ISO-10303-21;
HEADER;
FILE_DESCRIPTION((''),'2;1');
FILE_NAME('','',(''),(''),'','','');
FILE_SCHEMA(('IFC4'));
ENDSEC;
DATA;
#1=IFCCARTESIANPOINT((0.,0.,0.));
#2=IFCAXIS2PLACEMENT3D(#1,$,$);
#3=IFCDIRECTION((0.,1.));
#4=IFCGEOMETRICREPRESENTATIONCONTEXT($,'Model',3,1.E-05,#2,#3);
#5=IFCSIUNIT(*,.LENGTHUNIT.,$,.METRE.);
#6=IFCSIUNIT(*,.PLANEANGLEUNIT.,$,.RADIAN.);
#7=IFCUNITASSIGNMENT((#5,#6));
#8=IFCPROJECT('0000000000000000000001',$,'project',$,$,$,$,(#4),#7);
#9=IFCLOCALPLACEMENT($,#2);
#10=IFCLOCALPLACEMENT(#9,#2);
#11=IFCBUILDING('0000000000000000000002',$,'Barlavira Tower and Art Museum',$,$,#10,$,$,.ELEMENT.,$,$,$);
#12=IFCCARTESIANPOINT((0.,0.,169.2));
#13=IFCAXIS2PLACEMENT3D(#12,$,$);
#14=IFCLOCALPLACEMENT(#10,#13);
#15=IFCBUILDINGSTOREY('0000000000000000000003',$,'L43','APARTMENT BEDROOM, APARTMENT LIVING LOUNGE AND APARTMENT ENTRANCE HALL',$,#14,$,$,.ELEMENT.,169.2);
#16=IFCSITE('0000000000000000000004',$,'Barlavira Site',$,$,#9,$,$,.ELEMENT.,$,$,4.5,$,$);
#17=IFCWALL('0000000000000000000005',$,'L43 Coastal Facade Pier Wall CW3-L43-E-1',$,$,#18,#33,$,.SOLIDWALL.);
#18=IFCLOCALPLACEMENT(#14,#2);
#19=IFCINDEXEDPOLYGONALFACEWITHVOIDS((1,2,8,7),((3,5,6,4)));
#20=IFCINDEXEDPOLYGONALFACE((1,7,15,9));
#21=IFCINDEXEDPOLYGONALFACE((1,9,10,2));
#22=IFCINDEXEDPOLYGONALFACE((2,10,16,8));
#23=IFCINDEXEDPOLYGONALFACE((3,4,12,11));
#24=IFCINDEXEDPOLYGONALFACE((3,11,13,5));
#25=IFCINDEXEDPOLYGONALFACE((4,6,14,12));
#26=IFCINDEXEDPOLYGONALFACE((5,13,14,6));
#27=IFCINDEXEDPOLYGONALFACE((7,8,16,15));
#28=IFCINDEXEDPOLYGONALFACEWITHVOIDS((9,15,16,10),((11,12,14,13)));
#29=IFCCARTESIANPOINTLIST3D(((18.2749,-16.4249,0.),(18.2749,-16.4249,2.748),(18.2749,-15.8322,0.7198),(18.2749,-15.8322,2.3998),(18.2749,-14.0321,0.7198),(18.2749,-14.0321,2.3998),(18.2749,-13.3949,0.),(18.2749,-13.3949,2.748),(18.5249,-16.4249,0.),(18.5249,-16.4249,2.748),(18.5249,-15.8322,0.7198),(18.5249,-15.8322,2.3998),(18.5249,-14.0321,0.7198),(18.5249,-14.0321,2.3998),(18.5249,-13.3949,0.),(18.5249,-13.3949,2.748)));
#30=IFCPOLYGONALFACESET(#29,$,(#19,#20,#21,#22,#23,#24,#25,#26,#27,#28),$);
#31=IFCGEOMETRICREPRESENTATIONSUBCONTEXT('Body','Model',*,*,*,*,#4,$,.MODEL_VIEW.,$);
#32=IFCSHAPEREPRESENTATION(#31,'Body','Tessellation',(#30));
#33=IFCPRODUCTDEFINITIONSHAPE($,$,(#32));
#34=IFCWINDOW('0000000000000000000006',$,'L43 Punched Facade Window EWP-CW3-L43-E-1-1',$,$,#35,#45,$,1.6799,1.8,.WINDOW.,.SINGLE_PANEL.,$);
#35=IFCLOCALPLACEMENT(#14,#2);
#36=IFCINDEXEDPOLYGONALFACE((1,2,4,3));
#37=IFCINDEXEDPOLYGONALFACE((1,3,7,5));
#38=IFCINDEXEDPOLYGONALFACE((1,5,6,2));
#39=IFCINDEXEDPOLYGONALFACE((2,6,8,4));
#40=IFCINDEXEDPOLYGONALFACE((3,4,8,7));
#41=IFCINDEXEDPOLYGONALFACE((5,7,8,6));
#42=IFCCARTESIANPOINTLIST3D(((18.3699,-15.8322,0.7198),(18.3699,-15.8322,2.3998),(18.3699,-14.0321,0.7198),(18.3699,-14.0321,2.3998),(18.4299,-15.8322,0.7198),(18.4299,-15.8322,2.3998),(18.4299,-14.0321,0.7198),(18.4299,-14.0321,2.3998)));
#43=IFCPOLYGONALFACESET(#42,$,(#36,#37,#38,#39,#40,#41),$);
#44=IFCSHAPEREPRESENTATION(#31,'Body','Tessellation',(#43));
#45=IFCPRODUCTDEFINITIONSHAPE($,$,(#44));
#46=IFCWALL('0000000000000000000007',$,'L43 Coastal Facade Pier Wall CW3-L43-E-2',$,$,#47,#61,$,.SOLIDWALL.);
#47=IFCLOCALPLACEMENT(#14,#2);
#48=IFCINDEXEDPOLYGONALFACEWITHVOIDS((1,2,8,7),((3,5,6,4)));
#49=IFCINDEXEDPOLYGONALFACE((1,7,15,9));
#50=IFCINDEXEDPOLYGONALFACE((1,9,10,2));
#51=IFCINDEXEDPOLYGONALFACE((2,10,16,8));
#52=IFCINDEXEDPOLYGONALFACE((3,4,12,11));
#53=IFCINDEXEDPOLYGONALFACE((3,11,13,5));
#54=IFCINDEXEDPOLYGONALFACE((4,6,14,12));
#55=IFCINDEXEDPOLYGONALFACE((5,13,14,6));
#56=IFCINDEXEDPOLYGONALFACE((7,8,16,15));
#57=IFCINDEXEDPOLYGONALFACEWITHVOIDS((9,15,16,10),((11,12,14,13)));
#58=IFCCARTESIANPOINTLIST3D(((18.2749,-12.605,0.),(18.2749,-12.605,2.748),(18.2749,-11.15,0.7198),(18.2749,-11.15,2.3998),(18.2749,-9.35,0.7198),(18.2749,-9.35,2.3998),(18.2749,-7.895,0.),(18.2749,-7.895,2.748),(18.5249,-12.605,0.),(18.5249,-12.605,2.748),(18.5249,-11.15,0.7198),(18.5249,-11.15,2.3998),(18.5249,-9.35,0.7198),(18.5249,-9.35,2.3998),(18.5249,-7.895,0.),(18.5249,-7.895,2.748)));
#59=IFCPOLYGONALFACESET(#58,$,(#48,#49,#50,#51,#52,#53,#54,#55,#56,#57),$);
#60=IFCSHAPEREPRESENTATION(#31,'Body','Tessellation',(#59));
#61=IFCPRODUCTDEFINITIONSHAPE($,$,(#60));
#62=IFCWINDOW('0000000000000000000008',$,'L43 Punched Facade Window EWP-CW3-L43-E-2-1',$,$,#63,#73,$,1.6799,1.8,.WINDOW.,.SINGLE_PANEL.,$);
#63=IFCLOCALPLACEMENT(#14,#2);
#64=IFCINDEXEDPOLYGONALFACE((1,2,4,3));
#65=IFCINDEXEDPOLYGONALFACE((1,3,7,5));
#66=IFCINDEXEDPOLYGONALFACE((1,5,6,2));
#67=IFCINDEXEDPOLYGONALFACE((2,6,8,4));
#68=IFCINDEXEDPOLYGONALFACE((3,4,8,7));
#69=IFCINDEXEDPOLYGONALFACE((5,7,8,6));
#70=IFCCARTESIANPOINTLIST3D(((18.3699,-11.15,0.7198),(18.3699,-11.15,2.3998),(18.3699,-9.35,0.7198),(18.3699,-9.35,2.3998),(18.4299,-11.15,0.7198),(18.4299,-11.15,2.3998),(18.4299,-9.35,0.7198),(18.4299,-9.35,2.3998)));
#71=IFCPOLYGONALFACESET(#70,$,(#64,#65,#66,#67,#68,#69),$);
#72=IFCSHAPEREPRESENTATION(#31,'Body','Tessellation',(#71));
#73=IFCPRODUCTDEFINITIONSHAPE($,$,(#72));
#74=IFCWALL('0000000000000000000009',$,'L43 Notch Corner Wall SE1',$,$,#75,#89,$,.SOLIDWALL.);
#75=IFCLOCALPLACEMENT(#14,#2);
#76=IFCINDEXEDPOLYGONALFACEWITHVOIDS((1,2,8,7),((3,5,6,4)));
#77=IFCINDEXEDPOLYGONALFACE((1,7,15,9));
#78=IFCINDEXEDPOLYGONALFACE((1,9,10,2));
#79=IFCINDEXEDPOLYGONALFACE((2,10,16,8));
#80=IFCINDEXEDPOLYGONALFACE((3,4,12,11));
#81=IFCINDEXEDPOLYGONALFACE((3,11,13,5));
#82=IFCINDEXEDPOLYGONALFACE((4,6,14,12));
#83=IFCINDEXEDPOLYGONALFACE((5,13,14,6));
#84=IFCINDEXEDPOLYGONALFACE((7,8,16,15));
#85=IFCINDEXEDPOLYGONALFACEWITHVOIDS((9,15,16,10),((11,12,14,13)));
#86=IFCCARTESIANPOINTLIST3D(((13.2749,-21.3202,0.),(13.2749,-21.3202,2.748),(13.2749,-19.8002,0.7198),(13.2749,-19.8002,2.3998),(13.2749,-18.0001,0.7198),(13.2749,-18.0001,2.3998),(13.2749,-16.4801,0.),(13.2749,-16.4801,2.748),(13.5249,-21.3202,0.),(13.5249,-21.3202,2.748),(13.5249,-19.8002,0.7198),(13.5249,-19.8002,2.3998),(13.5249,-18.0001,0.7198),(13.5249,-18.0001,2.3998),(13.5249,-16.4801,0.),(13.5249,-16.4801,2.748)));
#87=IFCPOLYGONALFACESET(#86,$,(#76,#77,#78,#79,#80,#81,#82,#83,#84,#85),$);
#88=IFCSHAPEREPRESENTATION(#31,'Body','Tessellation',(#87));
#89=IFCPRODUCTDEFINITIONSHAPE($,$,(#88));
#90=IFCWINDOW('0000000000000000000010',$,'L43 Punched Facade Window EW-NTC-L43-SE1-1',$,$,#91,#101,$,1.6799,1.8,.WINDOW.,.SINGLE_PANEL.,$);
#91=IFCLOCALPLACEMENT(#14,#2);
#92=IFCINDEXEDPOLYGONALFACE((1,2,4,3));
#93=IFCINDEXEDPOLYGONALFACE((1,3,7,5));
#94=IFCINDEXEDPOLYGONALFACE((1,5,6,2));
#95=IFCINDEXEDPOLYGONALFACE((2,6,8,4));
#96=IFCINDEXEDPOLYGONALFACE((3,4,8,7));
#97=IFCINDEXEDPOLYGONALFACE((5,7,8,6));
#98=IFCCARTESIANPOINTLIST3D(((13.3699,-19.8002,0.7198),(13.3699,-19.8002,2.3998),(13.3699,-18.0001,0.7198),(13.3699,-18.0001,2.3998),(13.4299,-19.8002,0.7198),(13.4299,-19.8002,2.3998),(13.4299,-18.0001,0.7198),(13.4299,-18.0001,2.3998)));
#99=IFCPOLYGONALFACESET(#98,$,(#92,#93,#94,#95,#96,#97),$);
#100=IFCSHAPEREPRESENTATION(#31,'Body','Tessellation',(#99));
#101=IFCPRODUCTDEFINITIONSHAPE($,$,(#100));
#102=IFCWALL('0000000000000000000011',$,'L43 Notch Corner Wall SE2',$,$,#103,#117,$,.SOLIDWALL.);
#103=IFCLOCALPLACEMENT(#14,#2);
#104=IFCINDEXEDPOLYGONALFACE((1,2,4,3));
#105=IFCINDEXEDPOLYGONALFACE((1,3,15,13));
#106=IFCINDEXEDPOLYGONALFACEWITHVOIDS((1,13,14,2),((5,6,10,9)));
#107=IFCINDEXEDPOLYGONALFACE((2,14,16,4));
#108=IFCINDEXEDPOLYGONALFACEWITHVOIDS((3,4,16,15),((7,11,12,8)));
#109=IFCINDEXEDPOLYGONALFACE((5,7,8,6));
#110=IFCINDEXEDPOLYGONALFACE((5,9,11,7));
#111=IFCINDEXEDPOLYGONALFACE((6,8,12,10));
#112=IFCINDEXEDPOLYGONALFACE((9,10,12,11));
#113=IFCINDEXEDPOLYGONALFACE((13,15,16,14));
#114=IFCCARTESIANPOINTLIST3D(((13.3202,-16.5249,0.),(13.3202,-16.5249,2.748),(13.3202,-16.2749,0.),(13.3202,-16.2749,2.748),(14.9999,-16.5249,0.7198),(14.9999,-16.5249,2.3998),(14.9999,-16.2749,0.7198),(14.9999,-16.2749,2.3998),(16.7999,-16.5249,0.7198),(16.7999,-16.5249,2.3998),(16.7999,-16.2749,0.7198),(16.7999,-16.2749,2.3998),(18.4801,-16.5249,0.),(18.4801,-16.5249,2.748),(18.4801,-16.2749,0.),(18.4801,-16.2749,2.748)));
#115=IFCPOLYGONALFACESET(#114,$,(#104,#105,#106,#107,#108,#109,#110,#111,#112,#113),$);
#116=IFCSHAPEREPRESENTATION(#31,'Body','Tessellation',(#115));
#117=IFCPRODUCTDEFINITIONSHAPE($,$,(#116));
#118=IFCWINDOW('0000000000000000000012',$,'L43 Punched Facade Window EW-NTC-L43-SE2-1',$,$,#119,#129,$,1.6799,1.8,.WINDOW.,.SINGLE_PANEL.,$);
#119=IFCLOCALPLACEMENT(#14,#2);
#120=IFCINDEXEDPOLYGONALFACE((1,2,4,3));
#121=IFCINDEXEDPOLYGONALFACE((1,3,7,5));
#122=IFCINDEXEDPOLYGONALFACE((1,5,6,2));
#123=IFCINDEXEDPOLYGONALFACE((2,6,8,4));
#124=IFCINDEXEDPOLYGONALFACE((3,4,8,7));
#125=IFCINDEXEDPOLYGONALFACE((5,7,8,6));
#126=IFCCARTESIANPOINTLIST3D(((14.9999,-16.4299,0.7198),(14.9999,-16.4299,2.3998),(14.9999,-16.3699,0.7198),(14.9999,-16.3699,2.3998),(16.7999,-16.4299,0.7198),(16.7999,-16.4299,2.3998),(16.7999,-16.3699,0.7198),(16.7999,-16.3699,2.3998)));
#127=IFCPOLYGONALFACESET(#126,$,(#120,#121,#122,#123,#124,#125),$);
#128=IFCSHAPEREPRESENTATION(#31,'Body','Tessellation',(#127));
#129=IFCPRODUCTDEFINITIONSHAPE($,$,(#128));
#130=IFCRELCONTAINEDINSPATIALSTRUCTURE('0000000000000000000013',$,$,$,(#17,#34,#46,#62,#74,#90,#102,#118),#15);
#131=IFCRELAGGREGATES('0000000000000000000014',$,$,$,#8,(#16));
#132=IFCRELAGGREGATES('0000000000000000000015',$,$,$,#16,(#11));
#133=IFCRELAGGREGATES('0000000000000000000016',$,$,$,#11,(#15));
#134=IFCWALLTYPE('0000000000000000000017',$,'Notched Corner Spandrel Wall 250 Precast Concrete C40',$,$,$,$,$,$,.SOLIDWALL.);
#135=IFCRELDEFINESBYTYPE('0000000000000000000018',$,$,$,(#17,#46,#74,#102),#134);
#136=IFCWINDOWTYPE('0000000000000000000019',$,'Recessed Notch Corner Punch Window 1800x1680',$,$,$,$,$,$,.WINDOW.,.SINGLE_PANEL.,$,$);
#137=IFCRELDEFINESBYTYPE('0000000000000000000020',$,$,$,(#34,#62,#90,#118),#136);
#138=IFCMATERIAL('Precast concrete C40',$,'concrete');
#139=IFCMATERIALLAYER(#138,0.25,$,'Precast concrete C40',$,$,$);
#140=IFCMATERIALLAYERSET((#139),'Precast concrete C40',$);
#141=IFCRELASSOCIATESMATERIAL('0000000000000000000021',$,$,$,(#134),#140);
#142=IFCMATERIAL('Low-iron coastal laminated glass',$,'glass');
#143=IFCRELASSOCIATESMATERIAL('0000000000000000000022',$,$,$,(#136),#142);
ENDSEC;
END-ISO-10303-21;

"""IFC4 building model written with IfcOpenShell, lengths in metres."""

from ifc_helpers import new_model, si_unit, direction, frame, frame_2d, origin, place, context, subcontext, project, spatial, rectangle, extrude, material, layer, layer_set, type_object, element, fill, save


model = new_model("IFC4")

# Units and contexts
model_context = context("Model", 3, precision=1e-05, world=origin(), true_north=direction((0.0, 1.0)))
body_context = subcontext(model_context, "Body", "Model", "MODEL_VIEW")
ifc_project = project(units=[si_unit("LENGTHUNIT", "METRE"), si_unit("PLANEANGLEUNIT", "RADIAN")], contexts=[model_context])

# Site, building, storey
site_placement = place(None, origin())
site = spatial("IfcSite", under=ifc_project, at=site_placement, Name="Barlavira Site", CompositionType="ELEMENT", RefElevation=4.5)
building_placement = place(site_placement, origin())
building = spatial("IfcBuilding", under=site, at=building_placement, Name="Barlavira Tower and Art Museum", CompositionType="ELEMENT")
storey_placement = place(building_placement, frame((0.0, 0.0, 169.2)))
storey = spatial("IfcBuildingStorey", under=building, at=storey_placement, Name="L43", Description="APARTMENT BEDROOM, APARTMENT LIVING LOUNGE AND APARTMENT ENTRANCE HALL", CompositionType="ELEMENT", Elevation=169.2)

# Walls, openings, windows
ifc_material_1 = material(Name="Precast concrete C40", Category="concrete")
ifc_layer_1 = layer(ifc_material_1, 0.25, Name="Precast concrete C40")
ifc_layer_set_1 = layer_set([ifc_layer_1], Name="Precast concrete C40")
wall_type_1 = type_object("IfcWallType", Name="Notched Corner Spandrel Wall 250 Precast Concrete C40", PredefinedType="SOLIDWALL", material=ifc_layer_set_1)
ifc_material_2 = material(Name="Low-iron coastal laminated glass", Category="glass")
wall_1_placement = place(storey_placement, frame((18.3999, -16.425, 0.0), z_axis=(0.0, 0.0, 1.0), x_axis=(0.0, 1.0, 0.0)))
wall_1 = element("IfcWall", 1, at=wall_1_placement, inside=storey, type_object=wall_type_1, Name="L43 Coastal Facade Pier Wall CW3-L43-E-1", PredefinedType="SOLIDWALL", context=body_context, shape_type="SweptSolid", body=[
    extrude(rectangle(XDim=3.03, YDim=0.25, at=frame_2d((1.5151, 0.0))), origin(), (0.0, 0.0, 1.0), 2.748),
])
opening_1_placement = place(wall_1_placement, frame((0.593, 0.0, 0.72)))
opening_1 = element("IfcOpeningElement", 2, at=opening_1_placement, cuts=wall_1, PredefinedType="OPENING", context=body_context, shape_type="SweptSolid", body=[
    extrude(rectangle(XDim=1.8, YDim=1.6799, at=frame_2d((0.8999, 0.8398))), frame((0.0, 0.135, 0.0), z_axis=(0.0, -1.0, 0.0), x_axis=(1.0, 0.0, 0.0)), (0.0, 0.0, 1.0), 0.27),
])
window_type_1 = type_object("IfcWindowType", Name="Recessed Notch Corner Punch Window 1800x1680", PartitioningType="SINGLE_PANEL", PredefinedType="WINDOW", material=ifc_material_2)
window_1_placement = place(opening_1_placement, origin())
window_1 = element("IfcWindow", 3, at=window_1_placement, inside=storey, type_object=window_type_1, Name="L43 Punched Facade Window EWP-CW3-L43-E-1-1", OverallHeight=1.6799, OverallWidth=1.8, PartitioningType="SINGLE_PANEL", PredefinedType="WINDOW", context=body_context, shape_type="SweptSolid", body=[
    extrude(rectangle(XDim=1.8, YDim=1.6799, at=frame_2d((0.8999, 0.8398))), frame((0.0, 0.03, 0.0), z_axis=(0.0, -1.0, 0.0), x_axis=(1.0, 0.0, 0.0)), (0.0, 0.0, 1.0), 0.0601),
])
fill(opening_1, window_1)
wall_2_placement = place(storey_placement, frame((18.3999, -12.605, 0.0), z_axis=(0.0, 0.0, 1.0), x_axis=(0.0, 1.0, 0.0)))
wall_2 = element("IfcWall", 4, at=wall_2_placement, inside=storey, type_object=wall_type_1, Name="L43 Coastal Facade Pier Wall CW3-L43-E-2", PredefinedType="SOLIDWALL", context=body_context, shape_type="SweptSolid", body=[
    extrude(rectangle(XDim=4.71, YDim=0.25, at=frame_2d((2.355, 0.0))), origin(), (0.0, 0.0, 1.0), 2.748),
])
opening_2_placement = place(wall_2_placement, frame((1.4551, 0.0, 0.72)))
opening_2 = element("IfcOpeningElement", 5, at=opening_2_placement, cuts=wall_2, PredefinedType="OPENING", context=body_context, shape_type="SweptSolid", body=[
    extrude(rectangle(XDim=1.8, YDim=1.6799, at=frame_2d((0.8999, 0.8398))), frame((0.0, 0.135, 0.0), z_axis=(0.0, -1.0, 0.0), x_axis=(1.0, 0.0, 0.0)), (0.0, 0.0, 1.0), 0.27),
])
window_2_placement = place(opening_2_placement, origin())
window_2 = element("IfcWindow", 6, at=window_2_placement, inside=storey, type_object=window_type_1, Name="L43 Punched Facade Window EWP-CW3-L43-E-2-1", OverallHeight=1.6799, OverallWidth=1.8, PartitioningType="SINGLE_PANEL", PredefinedType="WINDOW", context=body_context, shape_type="SweptSolid", body=[
    extrude(rectangle(XDim=1.8, YDim=1.6799, at=frame_2d((0.8999, 0.8398))), frame((0.0, 0.03, 0.0), z_axis=(0.0, -1.0, 0.0), x_axis=(1.0, 0.0, 0.0)), (0.0, 0.0, 1.0), 0.0601),
])
fill(opening_2, window_2)
wall_3_placement = place(storey_placement, frame((13.3999, -21.3201, 0.0), z_axis=(0.0, 0.0, 1.0), x_axis=(0.0, 1.0, 0.0)))
wall_3 = element("IfcWall", 7, at=wall_3_placement, inside=storey, type_object=wall_type_1, Name="L43 Notch Corner Wall SE1", PredefinedType="SOLIDWALL", context=body_context, shape_type="SweptSolid", body=[
    extrude(rectangle(XDim=4.8401, YDim=0.25, at=frame_2d((2.4199, 0.0))), origin(), (0.0, 0.0, 1.0), 2.748),
])
opening_3_placement = place(wall_3_placement, frame((1.52, 0.0, 0.72)))
opening_3 = element("IfcOpeningElement", 8, at=opening_3_placement, cuts=wall_3, PredefinedType="OPENING", context=body_context, shape_type="SweptSolid", body=[
    extrude(rectangle(XDim=1.8, YDim=1.6799, at=frame_2d((0.8999, 0.8398))), frame((0.0, 0.135, 0.0), z_axis=(0.0, -1.0, 0.0), x_axis=(1.0, 0.0, 0.0)), (0.0, 0.0, 1.0), 0.27),
])
window_3_placement = place(opening_3_placement, origin())
window_3 = element("IfcWindow", 9, at=window_3_placement, inside=storey, type_object=window_type_1, Name="L43 Punched Facade Window EW-NTC-L43-SE1-1", OverallHeight=1.6799, OverallWidth=1.8, PartitioningType="SINGLE_PANEL", PredefinedType="WINDOW", context=body_context, shape_type="SweptSolid", body=[
    extrude(rectangle(XDim=1.8, YDim=1.6799, at=frame_2d((0.8999, 0.8398))), frame((0.0, 0.03, 0.0), z_axis=(0.0, -1.0, 0.0), x_axis=(1.0, 0.0, 0.0)), (0.0, 0.0, 1.0), 0.0601),
])
fill(opening_3, window_3)
wall_4_placement = place(storey_placement, frame((13.3201, -16.3999, 0.0), z_axis=(0.0, 0.0, 1.0), x_axis=(1.0, 0.0, 0.0)))
wall_4 = element("IfcWall", 10, at=wall_4_placement, inside=storey, type_object=wall_type_1, Name="L43 Notch Corner Wall SE2", PredefinedType="SOLIDWALL", context=body_context, shape_type="SweptSolid", body=[
    extrude(rectangle(XDim=5.1599, YDim=0.25, at=frame_2d((2.5801, 0.0))), origin(), (0.0, 0.0, 1.0), 2.748),
])
opening_4_placement = place(wall_4_placement, frame((1.6799, 0.0, 0.72)))
opening_4 = element("IfcOpeningElement", 11, at=opening_4_placement, cuts=wall_4, PredefinedType="OPENING", context=body_context, shape_type="SweptSolid", body=[
    extrude(rectangle(XDim=1.8, YDim=1.6799, at=frame_2d((0.8999, 0.8398))), frame((0.0, 0.135, 0.0), z_axis=(0.0, -1.0, 0.0), x_axis=(1.0, 0.0, 0.0)), (0.0, 0.0, 1.0), 0.27),
])
window_4_placement = place(opening_4_placement, origin())
window_4 = element("IfcWindow", 12, at=window_4_placement, inside=storey, type_object=window_type_1, Name="L43 Punched Facade Window EW-NTC-L43-SE2-1", OverallHeight=1.6799, OverallWidth=1.8, PartitioningType="SINGLE_PANEL", PredefinedType="WINDOW", context=body_context, shape_type="SweptSolid", body=[
    extrude(rectangle(XDim=1.8, YDim=1.6799, at=frame_2d((0.8999, 0.8398))), frame((0.0, 0.03, 0.0), z_axis=(0.0, -1.0, 0.0), x_axis=(1.0, 0.0, 0.0)), (0.0, 0.0, 1.0), 0.0601),
])
fill(opening_4, window_4)

save(model, "model.ifc")
